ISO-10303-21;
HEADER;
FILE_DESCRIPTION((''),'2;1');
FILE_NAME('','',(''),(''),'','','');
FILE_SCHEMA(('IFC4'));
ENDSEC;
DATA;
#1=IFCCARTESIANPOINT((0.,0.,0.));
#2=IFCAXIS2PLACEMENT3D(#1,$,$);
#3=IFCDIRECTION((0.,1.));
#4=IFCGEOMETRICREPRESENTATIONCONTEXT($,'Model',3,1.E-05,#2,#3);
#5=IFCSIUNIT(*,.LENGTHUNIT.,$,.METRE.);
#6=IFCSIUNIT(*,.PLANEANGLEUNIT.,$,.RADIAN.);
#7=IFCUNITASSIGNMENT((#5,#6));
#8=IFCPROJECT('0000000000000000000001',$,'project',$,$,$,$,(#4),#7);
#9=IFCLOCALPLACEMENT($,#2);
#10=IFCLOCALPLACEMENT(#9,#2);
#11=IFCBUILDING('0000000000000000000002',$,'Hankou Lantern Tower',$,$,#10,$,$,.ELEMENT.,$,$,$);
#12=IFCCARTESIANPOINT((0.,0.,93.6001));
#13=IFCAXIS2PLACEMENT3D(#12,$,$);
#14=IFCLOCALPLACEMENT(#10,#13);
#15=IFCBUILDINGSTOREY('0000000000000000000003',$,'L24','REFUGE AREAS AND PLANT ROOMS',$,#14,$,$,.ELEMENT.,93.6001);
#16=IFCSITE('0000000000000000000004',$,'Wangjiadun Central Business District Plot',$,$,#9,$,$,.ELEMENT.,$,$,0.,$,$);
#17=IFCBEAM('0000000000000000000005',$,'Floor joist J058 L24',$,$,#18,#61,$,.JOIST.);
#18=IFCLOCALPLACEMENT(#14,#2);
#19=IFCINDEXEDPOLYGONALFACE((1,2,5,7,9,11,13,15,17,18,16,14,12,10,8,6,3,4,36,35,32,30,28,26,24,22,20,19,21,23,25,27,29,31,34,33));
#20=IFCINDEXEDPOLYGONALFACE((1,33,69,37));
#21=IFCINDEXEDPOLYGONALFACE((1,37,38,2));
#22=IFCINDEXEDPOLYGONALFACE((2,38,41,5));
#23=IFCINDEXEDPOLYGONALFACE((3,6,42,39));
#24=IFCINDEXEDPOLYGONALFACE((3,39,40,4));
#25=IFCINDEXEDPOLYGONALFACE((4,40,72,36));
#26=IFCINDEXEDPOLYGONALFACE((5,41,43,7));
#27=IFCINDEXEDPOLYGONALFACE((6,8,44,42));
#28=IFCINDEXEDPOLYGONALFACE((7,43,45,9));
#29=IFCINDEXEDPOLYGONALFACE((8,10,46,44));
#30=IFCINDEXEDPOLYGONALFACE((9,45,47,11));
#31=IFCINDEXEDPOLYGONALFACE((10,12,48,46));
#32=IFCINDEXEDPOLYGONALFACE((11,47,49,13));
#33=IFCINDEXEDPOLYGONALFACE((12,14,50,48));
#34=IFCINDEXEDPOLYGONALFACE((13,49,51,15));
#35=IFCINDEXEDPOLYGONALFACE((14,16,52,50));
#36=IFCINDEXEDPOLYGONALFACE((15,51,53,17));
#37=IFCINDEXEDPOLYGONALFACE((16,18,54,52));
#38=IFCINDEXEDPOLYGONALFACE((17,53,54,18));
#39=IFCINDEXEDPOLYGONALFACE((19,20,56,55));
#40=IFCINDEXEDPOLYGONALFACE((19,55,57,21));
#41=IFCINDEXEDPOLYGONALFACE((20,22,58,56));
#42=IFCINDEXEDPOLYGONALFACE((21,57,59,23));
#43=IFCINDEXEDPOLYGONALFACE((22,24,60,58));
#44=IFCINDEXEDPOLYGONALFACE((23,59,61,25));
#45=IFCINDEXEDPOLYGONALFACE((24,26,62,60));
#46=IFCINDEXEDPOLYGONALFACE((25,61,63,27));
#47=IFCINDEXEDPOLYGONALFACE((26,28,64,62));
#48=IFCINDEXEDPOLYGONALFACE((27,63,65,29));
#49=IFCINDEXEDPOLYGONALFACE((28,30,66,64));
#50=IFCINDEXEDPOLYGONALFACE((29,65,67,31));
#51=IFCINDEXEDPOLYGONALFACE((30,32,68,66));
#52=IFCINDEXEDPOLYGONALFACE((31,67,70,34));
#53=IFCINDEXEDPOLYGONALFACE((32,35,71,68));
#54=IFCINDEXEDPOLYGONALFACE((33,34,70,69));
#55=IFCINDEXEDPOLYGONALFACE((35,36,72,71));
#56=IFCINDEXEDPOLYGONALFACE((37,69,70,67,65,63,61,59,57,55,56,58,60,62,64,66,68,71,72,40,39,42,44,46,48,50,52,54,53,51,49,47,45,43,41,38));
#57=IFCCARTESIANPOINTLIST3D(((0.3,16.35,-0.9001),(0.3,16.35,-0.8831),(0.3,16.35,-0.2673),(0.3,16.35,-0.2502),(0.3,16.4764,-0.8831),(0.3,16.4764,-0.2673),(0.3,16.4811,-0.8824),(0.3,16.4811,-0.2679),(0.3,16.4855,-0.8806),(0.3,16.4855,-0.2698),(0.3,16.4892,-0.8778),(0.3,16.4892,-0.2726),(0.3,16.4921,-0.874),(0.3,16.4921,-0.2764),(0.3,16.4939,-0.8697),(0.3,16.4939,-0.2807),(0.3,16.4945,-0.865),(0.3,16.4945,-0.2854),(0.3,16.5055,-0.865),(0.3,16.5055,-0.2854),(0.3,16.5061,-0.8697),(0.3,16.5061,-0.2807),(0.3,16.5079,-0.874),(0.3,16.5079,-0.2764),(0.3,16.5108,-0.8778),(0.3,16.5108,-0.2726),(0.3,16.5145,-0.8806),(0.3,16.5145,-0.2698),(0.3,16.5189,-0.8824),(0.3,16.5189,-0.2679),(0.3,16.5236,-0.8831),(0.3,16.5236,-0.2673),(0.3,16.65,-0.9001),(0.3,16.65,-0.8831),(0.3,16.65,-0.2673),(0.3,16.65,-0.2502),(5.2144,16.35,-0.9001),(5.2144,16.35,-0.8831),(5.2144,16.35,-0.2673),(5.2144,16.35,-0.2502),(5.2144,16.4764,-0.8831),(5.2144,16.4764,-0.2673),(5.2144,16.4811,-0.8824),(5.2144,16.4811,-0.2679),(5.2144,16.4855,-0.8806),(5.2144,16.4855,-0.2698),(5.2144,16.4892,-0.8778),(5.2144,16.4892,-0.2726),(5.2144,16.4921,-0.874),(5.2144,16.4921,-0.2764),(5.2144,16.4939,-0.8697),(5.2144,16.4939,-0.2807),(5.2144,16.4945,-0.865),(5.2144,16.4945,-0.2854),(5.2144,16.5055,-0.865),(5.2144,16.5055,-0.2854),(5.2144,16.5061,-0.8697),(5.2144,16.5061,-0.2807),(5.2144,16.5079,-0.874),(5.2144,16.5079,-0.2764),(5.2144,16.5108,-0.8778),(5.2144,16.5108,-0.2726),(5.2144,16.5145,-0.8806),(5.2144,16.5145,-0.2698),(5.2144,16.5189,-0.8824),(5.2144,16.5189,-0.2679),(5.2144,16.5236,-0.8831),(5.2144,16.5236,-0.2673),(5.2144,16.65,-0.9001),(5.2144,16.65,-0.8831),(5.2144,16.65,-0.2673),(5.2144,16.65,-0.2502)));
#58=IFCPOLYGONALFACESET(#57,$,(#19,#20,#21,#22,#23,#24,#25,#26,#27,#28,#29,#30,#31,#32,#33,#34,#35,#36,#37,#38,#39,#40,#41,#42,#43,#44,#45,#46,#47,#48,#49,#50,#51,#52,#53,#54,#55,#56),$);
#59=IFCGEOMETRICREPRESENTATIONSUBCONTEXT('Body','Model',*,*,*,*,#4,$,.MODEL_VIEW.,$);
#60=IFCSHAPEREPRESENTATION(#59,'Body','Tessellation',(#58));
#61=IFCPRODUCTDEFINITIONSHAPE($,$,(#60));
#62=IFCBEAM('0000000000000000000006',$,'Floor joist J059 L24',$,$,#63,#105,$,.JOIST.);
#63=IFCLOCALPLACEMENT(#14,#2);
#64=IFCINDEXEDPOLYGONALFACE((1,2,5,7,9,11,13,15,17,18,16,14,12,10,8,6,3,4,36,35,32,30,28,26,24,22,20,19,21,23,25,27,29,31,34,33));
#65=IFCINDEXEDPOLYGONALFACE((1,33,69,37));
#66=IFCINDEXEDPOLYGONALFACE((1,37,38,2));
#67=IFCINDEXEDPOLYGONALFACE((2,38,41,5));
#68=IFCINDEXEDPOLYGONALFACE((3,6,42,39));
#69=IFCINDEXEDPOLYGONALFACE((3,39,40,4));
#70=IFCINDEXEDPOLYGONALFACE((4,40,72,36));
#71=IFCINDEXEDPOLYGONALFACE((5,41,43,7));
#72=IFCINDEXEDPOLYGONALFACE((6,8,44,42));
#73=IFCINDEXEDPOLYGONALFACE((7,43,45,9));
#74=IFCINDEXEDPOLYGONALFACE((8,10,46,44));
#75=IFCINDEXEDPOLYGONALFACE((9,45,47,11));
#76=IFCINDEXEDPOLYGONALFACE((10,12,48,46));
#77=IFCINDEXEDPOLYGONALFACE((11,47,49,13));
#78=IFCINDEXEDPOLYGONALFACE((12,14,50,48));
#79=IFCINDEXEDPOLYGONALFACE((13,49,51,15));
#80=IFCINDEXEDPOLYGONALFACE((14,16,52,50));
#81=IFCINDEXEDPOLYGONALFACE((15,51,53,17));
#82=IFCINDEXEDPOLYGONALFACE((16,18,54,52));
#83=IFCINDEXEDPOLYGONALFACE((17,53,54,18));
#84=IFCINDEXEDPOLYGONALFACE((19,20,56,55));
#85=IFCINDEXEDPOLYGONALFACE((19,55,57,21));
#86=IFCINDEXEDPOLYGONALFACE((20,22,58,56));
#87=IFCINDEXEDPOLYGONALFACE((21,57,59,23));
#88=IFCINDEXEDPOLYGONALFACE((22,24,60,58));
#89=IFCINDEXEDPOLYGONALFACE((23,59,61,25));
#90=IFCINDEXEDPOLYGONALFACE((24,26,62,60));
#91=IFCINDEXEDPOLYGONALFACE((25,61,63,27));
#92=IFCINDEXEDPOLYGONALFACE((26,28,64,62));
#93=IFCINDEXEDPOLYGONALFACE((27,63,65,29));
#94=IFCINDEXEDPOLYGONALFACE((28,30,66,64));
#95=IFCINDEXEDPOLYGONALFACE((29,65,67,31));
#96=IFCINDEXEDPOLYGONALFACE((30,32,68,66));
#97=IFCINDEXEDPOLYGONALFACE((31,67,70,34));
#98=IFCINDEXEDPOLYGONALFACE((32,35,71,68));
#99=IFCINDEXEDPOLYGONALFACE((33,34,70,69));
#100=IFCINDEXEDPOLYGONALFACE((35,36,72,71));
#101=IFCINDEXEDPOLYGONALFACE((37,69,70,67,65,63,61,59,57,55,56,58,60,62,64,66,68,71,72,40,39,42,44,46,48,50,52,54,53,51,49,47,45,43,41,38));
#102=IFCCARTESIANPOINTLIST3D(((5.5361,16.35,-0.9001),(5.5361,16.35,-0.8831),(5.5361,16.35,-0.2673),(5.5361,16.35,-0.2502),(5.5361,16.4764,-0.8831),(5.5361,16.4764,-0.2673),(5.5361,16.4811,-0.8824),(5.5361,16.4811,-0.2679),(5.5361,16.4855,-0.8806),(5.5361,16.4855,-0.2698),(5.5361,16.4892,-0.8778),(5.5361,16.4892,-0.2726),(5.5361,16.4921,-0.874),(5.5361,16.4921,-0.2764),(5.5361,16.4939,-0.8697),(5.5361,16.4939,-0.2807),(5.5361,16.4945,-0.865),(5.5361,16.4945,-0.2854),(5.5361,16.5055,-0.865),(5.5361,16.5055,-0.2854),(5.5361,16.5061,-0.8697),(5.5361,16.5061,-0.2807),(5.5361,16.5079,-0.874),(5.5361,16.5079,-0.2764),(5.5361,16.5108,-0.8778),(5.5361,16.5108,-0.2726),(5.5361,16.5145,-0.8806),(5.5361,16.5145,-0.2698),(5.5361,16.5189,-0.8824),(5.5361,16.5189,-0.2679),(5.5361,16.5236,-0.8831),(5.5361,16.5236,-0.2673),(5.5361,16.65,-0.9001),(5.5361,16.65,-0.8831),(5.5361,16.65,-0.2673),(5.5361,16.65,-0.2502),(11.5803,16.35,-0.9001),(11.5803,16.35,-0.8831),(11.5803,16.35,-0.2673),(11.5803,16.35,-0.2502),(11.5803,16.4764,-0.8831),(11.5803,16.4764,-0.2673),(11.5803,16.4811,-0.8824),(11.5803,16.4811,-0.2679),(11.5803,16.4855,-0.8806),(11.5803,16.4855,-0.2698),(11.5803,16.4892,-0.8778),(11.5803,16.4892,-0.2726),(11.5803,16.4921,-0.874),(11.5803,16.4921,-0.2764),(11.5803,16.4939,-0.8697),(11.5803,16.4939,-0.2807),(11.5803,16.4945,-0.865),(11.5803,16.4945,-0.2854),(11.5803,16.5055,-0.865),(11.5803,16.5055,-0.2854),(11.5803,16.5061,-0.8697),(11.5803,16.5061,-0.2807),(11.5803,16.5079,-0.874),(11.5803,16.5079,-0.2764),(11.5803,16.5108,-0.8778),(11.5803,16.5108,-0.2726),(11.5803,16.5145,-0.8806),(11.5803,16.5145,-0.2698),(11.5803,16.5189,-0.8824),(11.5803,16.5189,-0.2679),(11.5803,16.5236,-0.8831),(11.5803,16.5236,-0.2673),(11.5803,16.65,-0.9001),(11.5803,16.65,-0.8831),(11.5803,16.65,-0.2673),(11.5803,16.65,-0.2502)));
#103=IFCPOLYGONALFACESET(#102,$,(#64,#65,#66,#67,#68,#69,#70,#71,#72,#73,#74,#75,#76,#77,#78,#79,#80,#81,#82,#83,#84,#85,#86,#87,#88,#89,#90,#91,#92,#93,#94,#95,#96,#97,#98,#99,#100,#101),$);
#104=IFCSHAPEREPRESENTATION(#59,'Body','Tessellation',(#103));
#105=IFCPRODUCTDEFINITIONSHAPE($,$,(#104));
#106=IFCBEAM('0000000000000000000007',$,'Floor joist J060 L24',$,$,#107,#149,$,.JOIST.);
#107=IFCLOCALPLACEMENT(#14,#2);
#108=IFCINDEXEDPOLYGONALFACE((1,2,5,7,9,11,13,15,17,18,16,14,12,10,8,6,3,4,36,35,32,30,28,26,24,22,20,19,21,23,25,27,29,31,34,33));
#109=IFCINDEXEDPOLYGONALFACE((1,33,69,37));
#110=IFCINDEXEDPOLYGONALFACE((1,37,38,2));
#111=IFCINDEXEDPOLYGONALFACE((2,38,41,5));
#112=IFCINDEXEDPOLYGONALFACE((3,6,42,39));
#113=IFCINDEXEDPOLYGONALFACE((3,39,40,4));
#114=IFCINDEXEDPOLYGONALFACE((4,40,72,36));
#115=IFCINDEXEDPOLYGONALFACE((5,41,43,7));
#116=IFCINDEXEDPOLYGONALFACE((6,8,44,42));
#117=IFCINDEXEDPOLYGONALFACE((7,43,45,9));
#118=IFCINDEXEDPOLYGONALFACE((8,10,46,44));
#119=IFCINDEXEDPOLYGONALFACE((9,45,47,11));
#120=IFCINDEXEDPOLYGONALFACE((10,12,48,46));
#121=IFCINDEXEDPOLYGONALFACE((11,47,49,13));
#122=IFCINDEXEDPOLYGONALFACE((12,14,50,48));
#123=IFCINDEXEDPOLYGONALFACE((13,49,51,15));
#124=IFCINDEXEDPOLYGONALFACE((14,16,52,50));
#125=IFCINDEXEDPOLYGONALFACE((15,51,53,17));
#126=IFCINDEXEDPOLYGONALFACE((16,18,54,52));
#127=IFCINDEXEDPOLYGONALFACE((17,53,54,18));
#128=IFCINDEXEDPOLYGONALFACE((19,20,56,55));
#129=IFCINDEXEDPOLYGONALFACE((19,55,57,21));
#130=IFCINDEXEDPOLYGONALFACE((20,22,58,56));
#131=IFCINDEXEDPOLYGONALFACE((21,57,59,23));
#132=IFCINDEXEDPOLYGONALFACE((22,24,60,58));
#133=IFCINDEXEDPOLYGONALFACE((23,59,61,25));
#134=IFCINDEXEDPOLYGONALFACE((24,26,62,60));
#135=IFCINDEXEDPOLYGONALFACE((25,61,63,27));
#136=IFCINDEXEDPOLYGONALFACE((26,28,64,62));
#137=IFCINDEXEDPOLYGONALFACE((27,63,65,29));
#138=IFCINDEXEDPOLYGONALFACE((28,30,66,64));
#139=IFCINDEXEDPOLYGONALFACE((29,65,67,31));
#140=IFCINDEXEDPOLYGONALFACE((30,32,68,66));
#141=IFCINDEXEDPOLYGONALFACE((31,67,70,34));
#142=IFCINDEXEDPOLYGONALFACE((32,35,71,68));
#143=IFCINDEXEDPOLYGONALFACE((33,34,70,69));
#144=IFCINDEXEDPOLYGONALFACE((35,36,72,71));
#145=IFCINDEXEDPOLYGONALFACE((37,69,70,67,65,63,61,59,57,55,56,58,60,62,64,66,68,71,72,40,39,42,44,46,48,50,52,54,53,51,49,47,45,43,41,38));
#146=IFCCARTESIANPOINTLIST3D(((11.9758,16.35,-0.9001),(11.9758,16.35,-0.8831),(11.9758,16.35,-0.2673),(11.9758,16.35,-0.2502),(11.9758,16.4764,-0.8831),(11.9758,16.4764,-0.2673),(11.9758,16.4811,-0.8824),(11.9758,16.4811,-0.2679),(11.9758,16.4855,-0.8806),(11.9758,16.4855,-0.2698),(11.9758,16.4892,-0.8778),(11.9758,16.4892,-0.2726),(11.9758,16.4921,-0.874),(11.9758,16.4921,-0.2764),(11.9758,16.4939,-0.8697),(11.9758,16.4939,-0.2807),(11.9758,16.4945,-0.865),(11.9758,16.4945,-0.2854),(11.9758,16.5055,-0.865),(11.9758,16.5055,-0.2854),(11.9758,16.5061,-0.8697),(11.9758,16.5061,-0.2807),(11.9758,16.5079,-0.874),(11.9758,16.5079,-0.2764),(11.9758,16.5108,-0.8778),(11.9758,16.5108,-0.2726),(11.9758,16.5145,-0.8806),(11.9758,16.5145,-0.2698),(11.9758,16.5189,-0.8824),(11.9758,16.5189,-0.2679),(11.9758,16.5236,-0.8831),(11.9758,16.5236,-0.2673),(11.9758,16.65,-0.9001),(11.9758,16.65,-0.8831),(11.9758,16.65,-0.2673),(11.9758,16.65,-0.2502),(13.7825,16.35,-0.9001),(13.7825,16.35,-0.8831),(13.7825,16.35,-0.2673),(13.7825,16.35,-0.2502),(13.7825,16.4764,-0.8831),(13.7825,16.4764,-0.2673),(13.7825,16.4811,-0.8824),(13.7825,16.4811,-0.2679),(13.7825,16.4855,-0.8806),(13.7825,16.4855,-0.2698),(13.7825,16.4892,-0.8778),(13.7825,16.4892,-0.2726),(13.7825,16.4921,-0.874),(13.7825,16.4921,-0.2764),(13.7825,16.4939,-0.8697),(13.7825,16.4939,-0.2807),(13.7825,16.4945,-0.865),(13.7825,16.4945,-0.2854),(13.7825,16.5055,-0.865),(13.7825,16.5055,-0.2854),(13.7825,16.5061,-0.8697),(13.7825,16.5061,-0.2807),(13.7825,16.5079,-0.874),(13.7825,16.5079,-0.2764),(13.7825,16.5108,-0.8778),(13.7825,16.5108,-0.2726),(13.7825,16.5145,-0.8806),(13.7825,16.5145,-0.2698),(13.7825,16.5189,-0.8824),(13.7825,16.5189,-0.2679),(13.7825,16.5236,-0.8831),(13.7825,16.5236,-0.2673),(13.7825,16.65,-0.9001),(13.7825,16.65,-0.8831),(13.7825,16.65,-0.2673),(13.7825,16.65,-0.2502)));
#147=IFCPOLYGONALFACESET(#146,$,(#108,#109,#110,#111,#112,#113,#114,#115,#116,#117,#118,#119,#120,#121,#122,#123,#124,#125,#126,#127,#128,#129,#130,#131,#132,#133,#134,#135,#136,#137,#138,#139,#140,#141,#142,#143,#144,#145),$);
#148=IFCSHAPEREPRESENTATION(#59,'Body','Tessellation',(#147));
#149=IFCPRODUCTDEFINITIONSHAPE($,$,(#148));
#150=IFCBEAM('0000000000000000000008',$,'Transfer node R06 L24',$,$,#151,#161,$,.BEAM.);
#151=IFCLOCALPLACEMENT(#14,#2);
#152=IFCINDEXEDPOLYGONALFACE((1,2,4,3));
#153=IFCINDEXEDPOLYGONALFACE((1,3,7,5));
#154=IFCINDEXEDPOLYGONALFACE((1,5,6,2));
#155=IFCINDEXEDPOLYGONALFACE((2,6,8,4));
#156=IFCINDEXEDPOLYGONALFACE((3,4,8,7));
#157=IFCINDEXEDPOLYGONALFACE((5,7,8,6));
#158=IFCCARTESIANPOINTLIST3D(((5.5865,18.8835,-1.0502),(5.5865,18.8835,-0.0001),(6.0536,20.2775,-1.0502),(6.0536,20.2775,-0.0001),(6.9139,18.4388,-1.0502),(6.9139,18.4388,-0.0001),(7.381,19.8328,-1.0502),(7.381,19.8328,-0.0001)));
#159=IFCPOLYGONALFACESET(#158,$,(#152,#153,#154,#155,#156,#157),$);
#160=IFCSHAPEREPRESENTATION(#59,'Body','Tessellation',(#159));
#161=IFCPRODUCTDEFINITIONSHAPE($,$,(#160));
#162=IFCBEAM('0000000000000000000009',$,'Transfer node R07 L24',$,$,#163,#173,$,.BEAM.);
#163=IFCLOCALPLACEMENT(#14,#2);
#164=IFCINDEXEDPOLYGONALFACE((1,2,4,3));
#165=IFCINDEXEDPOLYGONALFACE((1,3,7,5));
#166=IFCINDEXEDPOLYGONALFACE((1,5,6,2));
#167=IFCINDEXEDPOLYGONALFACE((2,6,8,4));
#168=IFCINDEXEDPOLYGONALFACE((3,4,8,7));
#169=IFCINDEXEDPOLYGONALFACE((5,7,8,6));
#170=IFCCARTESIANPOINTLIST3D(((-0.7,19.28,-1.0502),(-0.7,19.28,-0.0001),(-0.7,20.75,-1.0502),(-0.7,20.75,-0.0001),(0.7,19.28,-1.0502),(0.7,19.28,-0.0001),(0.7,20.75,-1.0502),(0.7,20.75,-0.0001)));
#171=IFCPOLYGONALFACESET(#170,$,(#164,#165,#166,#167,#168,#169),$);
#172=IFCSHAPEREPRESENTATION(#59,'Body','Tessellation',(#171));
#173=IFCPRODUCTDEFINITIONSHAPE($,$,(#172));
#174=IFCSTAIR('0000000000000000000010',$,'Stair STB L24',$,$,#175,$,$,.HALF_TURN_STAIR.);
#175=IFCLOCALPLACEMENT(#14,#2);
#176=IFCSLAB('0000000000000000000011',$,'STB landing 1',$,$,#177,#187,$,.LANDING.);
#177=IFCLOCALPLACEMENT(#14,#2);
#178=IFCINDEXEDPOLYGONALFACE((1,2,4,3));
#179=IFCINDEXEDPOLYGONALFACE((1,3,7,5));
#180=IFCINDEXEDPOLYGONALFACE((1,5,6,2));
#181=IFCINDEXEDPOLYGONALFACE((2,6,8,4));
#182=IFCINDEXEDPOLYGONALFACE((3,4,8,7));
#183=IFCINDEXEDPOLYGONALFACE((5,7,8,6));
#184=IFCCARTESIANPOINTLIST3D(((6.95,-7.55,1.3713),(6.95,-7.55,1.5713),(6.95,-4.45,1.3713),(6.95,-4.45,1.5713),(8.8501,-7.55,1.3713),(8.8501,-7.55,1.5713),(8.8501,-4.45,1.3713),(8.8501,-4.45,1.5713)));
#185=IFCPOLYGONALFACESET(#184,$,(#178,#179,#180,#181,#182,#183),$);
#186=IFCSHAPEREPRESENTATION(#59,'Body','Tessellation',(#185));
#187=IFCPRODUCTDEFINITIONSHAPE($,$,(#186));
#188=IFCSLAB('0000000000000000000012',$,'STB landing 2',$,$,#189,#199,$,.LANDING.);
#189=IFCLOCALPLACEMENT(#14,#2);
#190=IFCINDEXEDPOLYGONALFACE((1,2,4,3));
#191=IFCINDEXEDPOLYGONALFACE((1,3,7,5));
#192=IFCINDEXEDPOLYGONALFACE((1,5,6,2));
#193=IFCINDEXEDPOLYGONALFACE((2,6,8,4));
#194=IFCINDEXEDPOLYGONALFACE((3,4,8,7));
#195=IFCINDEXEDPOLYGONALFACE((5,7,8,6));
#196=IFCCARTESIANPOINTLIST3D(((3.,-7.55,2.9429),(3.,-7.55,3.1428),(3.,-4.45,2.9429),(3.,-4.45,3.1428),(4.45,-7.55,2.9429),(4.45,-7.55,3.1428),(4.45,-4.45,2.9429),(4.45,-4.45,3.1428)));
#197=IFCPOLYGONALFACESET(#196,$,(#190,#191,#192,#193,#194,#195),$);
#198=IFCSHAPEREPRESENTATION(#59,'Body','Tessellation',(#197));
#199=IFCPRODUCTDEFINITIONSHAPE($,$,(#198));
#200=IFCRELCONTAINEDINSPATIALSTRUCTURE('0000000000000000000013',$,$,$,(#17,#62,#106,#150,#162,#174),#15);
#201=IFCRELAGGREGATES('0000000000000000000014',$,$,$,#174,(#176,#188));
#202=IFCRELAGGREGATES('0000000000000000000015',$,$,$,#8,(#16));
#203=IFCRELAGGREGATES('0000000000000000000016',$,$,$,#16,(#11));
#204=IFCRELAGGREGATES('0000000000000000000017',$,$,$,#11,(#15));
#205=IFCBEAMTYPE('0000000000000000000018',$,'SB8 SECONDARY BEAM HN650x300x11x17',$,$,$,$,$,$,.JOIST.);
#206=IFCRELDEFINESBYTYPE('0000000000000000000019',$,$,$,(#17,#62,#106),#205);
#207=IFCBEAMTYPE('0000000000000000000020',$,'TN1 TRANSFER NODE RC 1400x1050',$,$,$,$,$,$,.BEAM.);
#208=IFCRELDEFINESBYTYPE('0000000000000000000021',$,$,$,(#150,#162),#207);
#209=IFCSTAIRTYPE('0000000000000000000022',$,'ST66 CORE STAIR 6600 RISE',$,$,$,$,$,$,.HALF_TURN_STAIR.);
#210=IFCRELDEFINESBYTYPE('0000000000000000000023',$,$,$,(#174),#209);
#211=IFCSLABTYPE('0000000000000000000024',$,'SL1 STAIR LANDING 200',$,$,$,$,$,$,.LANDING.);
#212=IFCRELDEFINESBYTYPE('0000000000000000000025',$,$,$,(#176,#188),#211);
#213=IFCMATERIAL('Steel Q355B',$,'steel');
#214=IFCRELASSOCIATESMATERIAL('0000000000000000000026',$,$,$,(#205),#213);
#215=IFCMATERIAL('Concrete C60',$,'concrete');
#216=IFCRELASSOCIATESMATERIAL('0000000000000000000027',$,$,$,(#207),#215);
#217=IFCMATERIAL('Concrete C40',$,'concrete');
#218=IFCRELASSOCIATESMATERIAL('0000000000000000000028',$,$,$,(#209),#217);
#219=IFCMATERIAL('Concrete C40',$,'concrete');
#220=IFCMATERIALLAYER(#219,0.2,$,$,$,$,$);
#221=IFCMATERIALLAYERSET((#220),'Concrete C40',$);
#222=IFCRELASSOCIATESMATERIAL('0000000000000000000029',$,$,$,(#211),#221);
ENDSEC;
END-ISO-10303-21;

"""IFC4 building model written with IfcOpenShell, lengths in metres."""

from ifc_helpers import new_model, si_unit, direction, frame, origin, origin_2d, place, context, subcontext, project, spatial, polyline, rectangle, i_section, outline, extrude, material, layer, layer_set, material_profile, profile_set, type_object, element, aggregate, save


model = new_model("IFC4")

# Units and contexts
model_context = context("Model", 3, precision=1e-05, world=origin(), true_north=direction((0.0, 1.0)))
body_context = subcontext(model_context, "Body", "Model", "MODEL_VIEW")
ifc_project = project(units=[si_unit("LENGTHUNIT", "METRE"), si_unit("PLANEANGLEUNIT", "RADIAN")], contexts=[model_context])

# Site, building, storey
site_placement = place(None, origin())
site = spatial("IfcSite", under=ifc_project, at=site_placement, Name="Wangjiadun Central Business District Plot", CompositionType="ELEMENT", RefElevation=0.0)
building_placement = place(site_placement, origin())
building = spatial("IfcBuilding", under=site, at=building_placement, Name="Hankou Lantern Tower", CompositionType="ELEMENT")
storey_placement = place(building_placement, frame((0.0, 0.0, 93.6001)))
storey = spatial("IfcBuildingStorey", under=building, at=storey_placement, Name="L24", Description="REFUGE AREAS AND PLANT ROOMS", CompositionType="ELEMENT", Elevation=93.6001)

# Beams
ifc_material_1 = material(Name="Steel Q355B", Category="steel")
ifc_material_profile_1 = material_profile(ifc_material_1, i_section(OverallWidth=0.3, OverallDepth=0.6499, WebThickness=0.011, FlangeThickness=0.0171, FilletRadius=0.0181, at=origin_2d()), Name="HN650x300x11x17")
ifc_profile_set_1 = profile_set([ifc_material_profile_1], Name="Steel Q355B")
beam_type_1 = type_object("IfcBeamType", Name="SB8 SECONDARY BEAM HN650x300x11x17", PredefinedType="JOIST", material=ifc_profile_set_1)
beam_1_placement = place(storey_placement, frame((0.3, 16.5, -0.5752), z_axis=(1.0, 0.0, 0.0), x_axis=(0.0, 1.0, 0.0)))
element("IfcBeam", 1, at=beam_1_placement, inside=storey, type_object=beam_type_1, Name="Floor joist J058 L24", PredefinedType="JOIST", context=body_context, shape_type="SweptSolid", body=[
    extrude(i_section(OverallWidth=0.3, OverallDepth=0.6499, WebThickness=0.011, FlangeThickness=0.0171, FilletRadius=0.0181, at=origin_2d()), origin(), (0.0, 0.0, 1.0), 4.9143),
])
beam_2_placement = place(storey_placement, frame((5.5361, 16.5, -0.5752), z_axis=(1.0, 0.0, 0.0), x_axis=(0.0, 1.0, 0.0)))
element("IfcBeam", 2, at=beam_2_placement, inside=storey, type_object=beam_type_1, Name="Floor joist J059 L24", PredefinedType="JOIST", context=body_context, shape_type="SweptSolid", body=[
    extrude(i_section(OverallWidth=0.3, OverallDepth=0.6499, WebThickness=0.011, FlangeThickness=0.0171, FilletRadius=0.0181, at=origin_2d()), origin(), (0.0, 0.0, 1.0), 6.0442),
])
beam_3_placement = place(storey_placement, frame((11.9758, 16.5, -0.5752), z_axis=(1.0, 0.0, 0.0), x_axis=(0.0, 1.0, 0.0)))
element("IfcBeam", 3, at=beam_3_placement, inside=storey, type_object=beam_type_1, Name="Floor joist J060 L24", PredefinedType="JOIST", context=body_context, shape_type="SweptSolid", body=[
    extrude(i_section(OverallWidth=0.3, OverallDepth=0.6499, WebThickness=0.011, FlangeThickness=0.0171, FilletRadius=0.0181, at=origin_2d()), origin(), (0.0, 0.0, 1.0), 1.8066),
])
ifc_material_2 = material(Name="Concrete C60", Category="concrete")
ifc_material_profile_2 = material_profile(ifc_material_2, rectangle(XDim=1.3999, YDim=1.05, at=origin_2d()), Name="RC 1400x1050")
ifc_profile_set_2 = profile_set([ifc_material_profile_2], Name="Concrete C60")
beam_type_2 = type_object("IfcBeamType", Name="TN1 TRANSFER NODE RC 1400x1050", PredefinedType="BEAM", material=ifc_profile_set_2)
beam_4_placement = place(storey_placement, frame((6.7173, 20.0552, -0.5251), z_axis=(-0.317672, -0.948201, 0.0), x_axis=(0.948201, -0.317672, 0.0)))
element("IfcBeam", 4, at=beam_4_placement, inside=storey, type_object=beam_type_2, Name="Transfer node R06 L24", PredefinedType="BEAM", context=body_context, shape_type="SweptSolid", body=[
    extrude(rectangle(XDim=1.3999, YDim=1.05, at=origin_2d()), origin(), (0.0, 0.0, 1.0), 1.4702),
])
beam_5_placement = place(storey_placement, frame((0.0, 20.75, -0.5251), z_axis=(0.0, -1.0, 0.0), x_axis=(1.0, 0.0, 0.0)))
element("IfcBeam", 5, at=beam_5_placement, inside=storey, type_object=beam_type_2, Name="Transfer node R07 L24", PredefinedType="BEAM", context=body_context, shape_type="SweptSolid", body=[
    extrude(rectangle(XDim=1.3999, YDim=1.05, at=origin_2d()), origin(), (0.0, 0.0, 1.0), 1.47),
])

# Stair, slabs
ifc_material_3 = material(Name="Concrete C40", Category="concrete")
stair_type = type_object("IfcStairType", Name="ST66 CORE STAIR 6600 RISE", PredefinedType="HALF_TURN_STAIR", material=ifc_material_3)
stair_placement = place(storey_placement, origin())
stair = element("IfcStair", 6, at=stair_placement, inside=storey, type_object=stair_type, Name="Stair STB L24", PredefinedType="HALF_TURN_STAIR")
ifc_material_4 = material(Name="Concrete C40", Category="concrete")
ifc_layer_1 = layer(ifc_material_4, 0.2)
ifc_layer_set_1 = layer_set([ifc_layer_1], Name="Concrete C40")
slab_type = type_object("IfcSlabType", Name="SL1 STAIR LANDING 200", PredefinedType="LANDING", material=ifc_layer_set_1)
slab_1_placement = place(storey_placement, frame((0.0, 0.0, 1.3713)))
slab_1 = element("IfcSlab", 7, at=slab_1_placement, type_object=slab_type, Name="STB landing 1", PredefinedType="LANDING", context=body_context, shape_type="SweptSolid", body=[
    extrude(outline(polyline([(8.8501, -4.45), (6.95, -4.45), (6.95, -7.55), (8.8501, -7.55), (8.8501, -4.45)])), origin(), (0.0, 0.0, 1.0), 0.2),
])
slab_2_placement = place(storey_placement, frame((0.0, 0.0, 2.9429)))
slab_2 = element("IfcSlab", 8, at=slab_2_placement, type_object=slab_type, Name="STB landing 2", PredefinedType="LANDING", context=body_context, shape_type="SweptSolid", body=[
    extrude(outline(polyline([(4.45, -4.45), (3.0, -4.45), (3.0, -7.55), (4.45, -7.55), (4.45, -4.45)])), origin(), (0.0, 0.0, 1.0), 0.2),
])
aggregate(stair, [slab_1, slab_2])

save(model, "model.ifc")
